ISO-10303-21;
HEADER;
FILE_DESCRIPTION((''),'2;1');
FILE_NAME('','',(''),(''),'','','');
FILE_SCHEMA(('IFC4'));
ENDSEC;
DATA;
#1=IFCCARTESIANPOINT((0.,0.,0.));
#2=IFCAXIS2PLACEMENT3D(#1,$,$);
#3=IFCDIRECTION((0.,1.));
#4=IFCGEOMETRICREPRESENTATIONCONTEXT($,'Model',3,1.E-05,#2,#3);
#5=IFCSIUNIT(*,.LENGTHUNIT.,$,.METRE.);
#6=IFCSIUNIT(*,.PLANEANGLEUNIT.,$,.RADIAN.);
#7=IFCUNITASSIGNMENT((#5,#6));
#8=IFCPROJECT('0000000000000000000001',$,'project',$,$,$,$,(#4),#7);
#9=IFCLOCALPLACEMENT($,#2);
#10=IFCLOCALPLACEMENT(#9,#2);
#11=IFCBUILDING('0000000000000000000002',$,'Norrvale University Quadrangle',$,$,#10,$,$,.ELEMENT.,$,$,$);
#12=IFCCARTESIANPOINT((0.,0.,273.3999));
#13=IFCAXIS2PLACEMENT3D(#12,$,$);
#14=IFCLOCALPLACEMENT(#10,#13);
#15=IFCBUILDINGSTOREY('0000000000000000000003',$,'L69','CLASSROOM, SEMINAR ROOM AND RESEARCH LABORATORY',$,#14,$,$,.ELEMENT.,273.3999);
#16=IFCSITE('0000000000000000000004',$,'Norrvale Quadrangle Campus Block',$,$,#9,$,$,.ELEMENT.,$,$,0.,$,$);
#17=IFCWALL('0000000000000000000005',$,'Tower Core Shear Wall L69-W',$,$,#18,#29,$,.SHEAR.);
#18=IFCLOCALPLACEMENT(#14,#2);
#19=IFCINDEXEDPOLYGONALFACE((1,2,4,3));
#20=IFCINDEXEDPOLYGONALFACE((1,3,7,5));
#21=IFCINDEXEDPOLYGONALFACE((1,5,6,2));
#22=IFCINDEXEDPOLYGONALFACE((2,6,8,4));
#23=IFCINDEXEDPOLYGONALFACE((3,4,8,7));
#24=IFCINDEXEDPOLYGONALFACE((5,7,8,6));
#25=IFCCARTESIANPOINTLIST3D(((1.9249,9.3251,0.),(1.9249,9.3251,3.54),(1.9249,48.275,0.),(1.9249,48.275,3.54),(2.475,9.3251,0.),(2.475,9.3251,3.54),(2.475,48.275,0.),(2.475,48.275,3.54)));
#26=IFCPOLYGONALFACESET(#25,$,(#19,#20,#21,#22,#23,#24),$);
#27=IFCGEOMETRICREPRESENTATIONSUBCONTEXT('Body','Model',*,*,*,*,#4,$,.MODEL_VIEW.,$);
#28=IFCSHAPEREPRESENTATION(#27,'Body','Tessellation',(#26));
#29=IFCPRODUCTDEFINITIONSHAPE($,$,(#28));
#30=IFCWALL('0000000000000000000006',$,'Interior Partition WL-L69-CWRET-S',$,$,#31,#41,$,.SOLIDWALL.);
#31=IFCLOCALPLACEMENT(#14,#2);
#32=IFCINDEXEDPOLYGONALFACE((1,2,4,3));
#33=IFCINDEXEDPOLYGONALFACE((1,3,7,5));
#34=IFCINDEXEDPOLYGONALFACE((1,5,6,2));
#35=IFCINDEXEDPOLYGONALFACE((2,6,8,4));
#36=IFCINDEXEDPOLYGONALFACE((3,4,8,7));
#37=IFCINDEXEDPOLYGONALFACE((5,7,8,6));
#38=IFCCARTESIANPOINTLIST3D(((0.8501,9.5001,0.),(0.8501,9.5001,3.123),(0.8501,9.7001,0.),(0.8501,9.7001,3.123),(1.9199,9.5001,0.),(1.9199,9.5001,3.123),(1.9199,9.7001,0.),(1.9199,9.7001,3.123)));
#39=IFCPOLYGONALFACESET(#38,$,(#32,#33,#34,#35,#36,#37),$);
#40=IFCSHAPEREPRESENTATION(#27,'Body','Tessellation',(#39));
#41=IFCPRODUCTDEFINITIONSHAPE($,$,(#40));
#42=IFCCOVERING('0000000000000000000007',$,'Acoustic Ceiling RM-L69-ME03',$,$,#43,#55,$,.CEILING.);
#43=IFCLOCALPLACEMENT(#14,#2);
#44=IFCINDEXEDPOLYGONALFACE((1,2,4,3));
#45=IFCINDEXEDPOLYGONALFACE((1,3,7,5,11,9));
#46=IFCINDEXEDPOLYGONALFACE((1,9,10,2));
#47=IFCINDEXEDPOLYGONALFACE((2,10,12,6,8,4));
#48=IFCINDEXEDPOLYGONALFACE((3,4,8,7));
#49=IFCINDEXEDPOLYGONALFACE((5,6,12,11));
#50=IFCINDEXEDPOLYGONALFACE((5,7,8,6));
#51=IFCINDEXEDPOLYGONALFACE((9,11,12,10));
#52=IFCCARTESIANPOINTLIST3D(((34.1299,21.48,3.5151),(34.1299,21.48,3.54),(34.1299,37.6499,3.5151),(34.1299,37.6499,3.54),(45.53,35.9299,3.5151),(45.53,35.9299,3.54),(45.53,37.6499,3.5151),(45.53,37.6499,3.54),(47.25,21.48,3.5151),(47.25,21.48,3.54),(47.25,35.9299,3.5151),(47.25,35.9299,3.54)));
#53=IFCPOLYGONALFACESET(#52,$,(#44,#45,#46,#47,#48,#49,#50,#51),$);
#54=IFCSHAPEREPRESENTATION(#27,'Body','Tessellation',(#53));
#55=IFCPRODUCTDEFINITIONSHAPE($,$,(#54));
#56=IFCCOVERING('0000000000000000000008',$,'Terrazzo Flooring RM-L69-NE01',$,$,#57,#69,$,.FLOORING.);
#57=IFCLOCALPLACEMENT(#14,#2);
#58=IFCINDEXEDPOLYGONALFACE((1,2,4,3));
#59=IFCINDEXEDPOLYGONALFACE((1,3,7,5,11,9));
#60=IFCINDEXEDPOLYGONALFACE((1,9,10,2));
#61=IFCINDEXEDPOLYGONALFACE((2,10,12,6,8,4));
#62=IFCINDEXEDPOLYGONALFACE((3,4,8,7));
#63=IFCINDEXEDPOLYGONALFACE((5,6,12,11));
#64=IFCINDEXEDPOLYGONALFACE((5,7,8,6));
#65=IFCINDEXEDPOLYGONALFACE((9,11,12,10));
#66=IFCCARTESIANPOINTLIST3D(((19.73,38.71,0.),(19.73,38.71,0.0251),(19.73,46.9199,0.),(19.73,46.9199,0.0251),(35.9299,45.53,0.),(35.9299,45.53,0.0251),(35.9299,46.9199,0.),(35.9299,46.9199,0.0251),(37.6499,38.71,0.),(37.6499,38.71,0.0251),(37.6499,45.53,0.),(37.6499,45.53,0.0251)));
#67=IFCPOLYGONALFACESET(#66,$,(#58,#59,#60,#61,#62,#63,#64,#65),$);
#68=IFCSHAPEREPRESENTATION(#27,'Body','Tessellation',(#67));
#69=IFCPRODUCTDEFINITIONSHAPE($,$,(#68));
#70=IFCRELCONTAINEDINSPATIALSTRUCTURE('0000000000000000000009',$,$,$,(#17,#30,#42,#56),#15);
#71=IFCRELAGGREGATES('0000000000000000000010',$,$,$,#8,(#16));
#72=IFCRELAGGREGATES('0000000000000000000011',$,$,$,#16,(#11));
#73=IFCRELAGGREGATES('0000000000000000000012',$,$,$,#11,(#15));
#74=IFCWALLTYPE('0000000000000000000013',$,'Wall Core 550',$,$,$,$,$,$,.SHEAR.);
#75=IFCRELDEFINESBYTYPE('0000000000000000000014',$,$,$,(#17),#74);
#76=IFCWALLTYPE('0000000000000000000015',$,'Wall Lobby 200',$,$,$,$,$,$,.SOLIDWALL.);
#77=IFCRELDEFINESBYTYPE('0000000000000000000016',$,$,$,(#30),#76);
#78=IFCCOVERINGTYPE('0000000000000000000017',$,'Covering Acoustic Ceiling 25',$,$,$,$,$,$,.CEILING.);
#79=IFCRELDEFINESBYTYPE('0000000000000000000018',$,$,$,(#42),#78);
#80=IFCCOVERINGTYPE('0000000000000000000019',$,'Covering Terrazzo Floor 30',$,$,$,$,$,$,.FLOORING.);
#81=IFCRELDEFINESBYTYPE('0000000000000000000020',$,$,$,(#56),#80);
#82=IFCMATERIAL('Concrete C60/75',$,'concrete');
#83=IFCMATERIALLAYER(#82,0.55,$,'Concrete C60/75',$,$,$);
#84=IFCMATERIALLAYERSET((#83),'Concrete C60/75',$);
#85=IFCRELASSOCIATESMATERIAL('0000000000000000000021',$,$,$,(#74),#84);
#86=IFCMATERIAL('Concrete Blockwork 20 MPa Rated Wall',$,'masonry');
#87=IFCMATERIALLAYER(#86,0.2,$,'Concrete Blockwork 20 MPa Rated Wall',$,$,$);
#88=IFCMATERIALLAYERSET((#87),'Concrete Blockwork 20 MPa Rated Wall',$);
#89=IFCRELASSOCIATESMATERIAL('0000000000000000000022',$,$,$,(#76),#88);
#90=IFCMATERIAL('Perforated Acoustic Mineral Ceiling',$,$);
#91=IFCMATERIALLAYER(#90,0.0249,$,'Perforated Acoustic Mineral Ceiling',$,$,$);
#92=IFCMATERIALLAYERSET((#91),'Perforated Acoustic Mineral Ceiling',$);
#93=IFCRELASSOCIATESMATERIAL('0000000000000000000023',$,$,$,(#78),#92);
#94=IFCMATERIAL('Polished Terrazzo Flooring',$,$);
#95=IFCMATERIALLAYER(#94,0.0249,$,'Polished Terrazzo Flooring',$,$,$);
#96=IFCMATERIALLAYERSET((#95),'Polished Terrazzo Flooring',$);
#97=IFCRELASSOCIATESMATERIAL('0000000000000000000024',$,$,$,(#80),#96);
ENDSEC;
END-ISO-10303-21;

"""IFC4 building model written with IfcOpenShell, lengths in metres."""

from ifc_helpers import new_model, si_unit, direction, frame, frame_2d, origin, place, context, subcontext, project, spatial, polyline, rectangle, outline, extrude, material, layer, layer_set, type_object, element, save


model = new_model("IFC4")

# Units and contexts
model_context = context("Model", 3, precision=1e-05, world=origin(), true_north=direction((0.0, 1.0)))
body_context = subcontext(model_context, "Body", "Model", "MODEL_VIEW")
ifc_project = project(units=[si_unit("LENGTHUNIT", "METRE"), si_unit("PLANEANGLEUNIT", "RADIAN")], contexts=[model_context])

# Site, building, storey
site_placement = place(None, origin())
site = spatial("IfcSite", under=ifc_project, at=site_placement, Name="Norrvale Quadrangle Campus Block", CompositionType="ELEMENT", RefElevation=0.0)
building_placement = place(site_placement, origin())
building = spatial("IfcBuilding", under=site, at=building_placement, Name="Norrvale University Quadrangle", CompositionType="ELEMENT")
storey_placement = place(building_placement, frame((0.0, 0.0, 273.3999)))
storey = spatial("IfcBuildingStorey", under=building, at=storey_placement, Name="L69", Description="CLASSROOM, SEMINAR ROOM AND RESEARCH LABORATORY", CompositionType="ELEMENT", Elevation=273.3999)

# Shared definitions
ifc_material_1 = material(Name="Concrete C60/75", Category="concrete")

# Walls
ifc_layer_1 = layer(ifc_material_1, 0.55, Name="Concrete C60/75")
ifc_layer_set_1 = layer_set([ifc_layer_1], Name="Concrete C60/75")
wall_type_1 = type_object("IfcWallType", Name="Wall Core 550", PredefinedType="SHEAR", material=ifc_layer_set_1)
wall_1_placement = place(storey_placement, frame((2.2, 9.325, 0.0), z_axis=(0.0, 0.0, 1.0), x_axis=(0.0, 1.0, 0.0)))
element("IfcWall", 1, at=wall_1_placement, inside=storey, type_object=wall_type_1, Name="Tower Core Shear Wall L69-W", PredefinedType="SHEAR", context=body_context, shape_type="SweptSolid", body=[
    extrude(rectangle(XDim=38.95, YDim=0.55, at=frame_2d((19.4751, 0.0))), origin(), (0.0, 0.0, 1.0), 3.54),
])
ifc_material_2 = material(Name="Concrete Blockwork 20 MPa Rated Wall", Category="masonry")
ifc_layer_2 = layer(ifc_material_2, 0.2, Name="Concrete Blockwork 20 MPa Rated Wall")
ifc_layer_set_2 = layer_set([ifc_layer_2], Name="Concrete Blockwork 20 MPa Rated Wall")
wall_type_2 = type_object("IfcWallType", Name="Wall Lobby 200", PredefinedType="SOLIDWALL", material=ifc_layer_set_2)
wall_2_placement = place(storey_placement, frame((0.8501, 9.6001, 0.0), z_axis=(0.0, 0.0, 1.0), x_axis=(1.0, 0.0, 0.0)))
element("IfcWall", 2, at=wall_2_placement, inside=storey, type_object=wall_type_2, Name="Interior Partition WL-L69-CWRET-S", PredefinedType="SOLIDWALL", context=body_context, shape_type="SweptSolid", body=[
    extrude(rectangle(XDim=1.0698, YDim=0.2, at=frame_2d((0.5349, 0.0))), origin(), (0.0, 0.0, 1.0), 3.123),
])

# Coverings
ifc_material_3 = material(Name="Perforated Acoustic Mineral Ceiling")
ifc_layer_3 = layer(ifc_material_3, 0.0249, Name="Perforated Acoustic Mineral Ceiling")
ifc_layer_set_3 = layer_set([ifc_layer_3], Name="Perforated Acoustic Mineral Ceiling")
covering_type_1 = type_object("IfcCoveringType", Name="Covering Acoustic Ceiling 25", PredefinedType="CEILING", material=ifc_layer_set_3)
covering_1_placement = place(storey_placement, frame((0.0, 0.0, 3.5151)))
element("IfcCovering", 3, at=covering_1_placement, inside=storey, type_object=covering_type_1, Name="Acoustic Ceiling RM-L69-ME03", PredefinedType="CEILING", context=body_context, shape_type="SweptSolid", body=[
    extrude(outline(polyline([(47.25, 21.48), (34.1299, 21.48), (34.1299, 37.6499), (45.53, 37.6499), (45.53, 35.9299), (47.25, 35.9299), (47.25, 21.48)])), origin(), (0.0, 0.0, 1.0), 0.0249),
])
ifc_material_4 = material(Name="Polished Terrazzo Flooring")
ifc_layer_4 = layer(ifc_material_4, 0.0249, Name="Polished Terrazzo Flooring")
ifc_layer_set_4 = layer_set([ifc_layer_4], Name="Polished Terrazzo Flooring")
covering_type_2 = type_object("IfcCoveringType", Name="Covering Terrazzo Floor 30", PredefinedType="FLOORING", material=ifc_layer_set_4)
covering_2_placement = place(storey_placement, origin())
element("IfcCovering", 4, at=covering_2_placement, inside=storey, type_object=covering_type_2, Name="Terrazzo Flooring RM-L69-NE01", PredefinedType="FLOORING", context=body_context, shape_type="SweptSolid", body=[
    extrude(outline(polyline([(37.6499, 38.71), (19.73, 38.71), (19.73, 46.9199), (35.9299, 46.9199), (35.9299, 45.53), (37.6499, 45.53), (37.6499, 38.71)])), origin(), (0.0, 0.0, 1.0), 0.0251),
])

save(model, "model.ifc")
